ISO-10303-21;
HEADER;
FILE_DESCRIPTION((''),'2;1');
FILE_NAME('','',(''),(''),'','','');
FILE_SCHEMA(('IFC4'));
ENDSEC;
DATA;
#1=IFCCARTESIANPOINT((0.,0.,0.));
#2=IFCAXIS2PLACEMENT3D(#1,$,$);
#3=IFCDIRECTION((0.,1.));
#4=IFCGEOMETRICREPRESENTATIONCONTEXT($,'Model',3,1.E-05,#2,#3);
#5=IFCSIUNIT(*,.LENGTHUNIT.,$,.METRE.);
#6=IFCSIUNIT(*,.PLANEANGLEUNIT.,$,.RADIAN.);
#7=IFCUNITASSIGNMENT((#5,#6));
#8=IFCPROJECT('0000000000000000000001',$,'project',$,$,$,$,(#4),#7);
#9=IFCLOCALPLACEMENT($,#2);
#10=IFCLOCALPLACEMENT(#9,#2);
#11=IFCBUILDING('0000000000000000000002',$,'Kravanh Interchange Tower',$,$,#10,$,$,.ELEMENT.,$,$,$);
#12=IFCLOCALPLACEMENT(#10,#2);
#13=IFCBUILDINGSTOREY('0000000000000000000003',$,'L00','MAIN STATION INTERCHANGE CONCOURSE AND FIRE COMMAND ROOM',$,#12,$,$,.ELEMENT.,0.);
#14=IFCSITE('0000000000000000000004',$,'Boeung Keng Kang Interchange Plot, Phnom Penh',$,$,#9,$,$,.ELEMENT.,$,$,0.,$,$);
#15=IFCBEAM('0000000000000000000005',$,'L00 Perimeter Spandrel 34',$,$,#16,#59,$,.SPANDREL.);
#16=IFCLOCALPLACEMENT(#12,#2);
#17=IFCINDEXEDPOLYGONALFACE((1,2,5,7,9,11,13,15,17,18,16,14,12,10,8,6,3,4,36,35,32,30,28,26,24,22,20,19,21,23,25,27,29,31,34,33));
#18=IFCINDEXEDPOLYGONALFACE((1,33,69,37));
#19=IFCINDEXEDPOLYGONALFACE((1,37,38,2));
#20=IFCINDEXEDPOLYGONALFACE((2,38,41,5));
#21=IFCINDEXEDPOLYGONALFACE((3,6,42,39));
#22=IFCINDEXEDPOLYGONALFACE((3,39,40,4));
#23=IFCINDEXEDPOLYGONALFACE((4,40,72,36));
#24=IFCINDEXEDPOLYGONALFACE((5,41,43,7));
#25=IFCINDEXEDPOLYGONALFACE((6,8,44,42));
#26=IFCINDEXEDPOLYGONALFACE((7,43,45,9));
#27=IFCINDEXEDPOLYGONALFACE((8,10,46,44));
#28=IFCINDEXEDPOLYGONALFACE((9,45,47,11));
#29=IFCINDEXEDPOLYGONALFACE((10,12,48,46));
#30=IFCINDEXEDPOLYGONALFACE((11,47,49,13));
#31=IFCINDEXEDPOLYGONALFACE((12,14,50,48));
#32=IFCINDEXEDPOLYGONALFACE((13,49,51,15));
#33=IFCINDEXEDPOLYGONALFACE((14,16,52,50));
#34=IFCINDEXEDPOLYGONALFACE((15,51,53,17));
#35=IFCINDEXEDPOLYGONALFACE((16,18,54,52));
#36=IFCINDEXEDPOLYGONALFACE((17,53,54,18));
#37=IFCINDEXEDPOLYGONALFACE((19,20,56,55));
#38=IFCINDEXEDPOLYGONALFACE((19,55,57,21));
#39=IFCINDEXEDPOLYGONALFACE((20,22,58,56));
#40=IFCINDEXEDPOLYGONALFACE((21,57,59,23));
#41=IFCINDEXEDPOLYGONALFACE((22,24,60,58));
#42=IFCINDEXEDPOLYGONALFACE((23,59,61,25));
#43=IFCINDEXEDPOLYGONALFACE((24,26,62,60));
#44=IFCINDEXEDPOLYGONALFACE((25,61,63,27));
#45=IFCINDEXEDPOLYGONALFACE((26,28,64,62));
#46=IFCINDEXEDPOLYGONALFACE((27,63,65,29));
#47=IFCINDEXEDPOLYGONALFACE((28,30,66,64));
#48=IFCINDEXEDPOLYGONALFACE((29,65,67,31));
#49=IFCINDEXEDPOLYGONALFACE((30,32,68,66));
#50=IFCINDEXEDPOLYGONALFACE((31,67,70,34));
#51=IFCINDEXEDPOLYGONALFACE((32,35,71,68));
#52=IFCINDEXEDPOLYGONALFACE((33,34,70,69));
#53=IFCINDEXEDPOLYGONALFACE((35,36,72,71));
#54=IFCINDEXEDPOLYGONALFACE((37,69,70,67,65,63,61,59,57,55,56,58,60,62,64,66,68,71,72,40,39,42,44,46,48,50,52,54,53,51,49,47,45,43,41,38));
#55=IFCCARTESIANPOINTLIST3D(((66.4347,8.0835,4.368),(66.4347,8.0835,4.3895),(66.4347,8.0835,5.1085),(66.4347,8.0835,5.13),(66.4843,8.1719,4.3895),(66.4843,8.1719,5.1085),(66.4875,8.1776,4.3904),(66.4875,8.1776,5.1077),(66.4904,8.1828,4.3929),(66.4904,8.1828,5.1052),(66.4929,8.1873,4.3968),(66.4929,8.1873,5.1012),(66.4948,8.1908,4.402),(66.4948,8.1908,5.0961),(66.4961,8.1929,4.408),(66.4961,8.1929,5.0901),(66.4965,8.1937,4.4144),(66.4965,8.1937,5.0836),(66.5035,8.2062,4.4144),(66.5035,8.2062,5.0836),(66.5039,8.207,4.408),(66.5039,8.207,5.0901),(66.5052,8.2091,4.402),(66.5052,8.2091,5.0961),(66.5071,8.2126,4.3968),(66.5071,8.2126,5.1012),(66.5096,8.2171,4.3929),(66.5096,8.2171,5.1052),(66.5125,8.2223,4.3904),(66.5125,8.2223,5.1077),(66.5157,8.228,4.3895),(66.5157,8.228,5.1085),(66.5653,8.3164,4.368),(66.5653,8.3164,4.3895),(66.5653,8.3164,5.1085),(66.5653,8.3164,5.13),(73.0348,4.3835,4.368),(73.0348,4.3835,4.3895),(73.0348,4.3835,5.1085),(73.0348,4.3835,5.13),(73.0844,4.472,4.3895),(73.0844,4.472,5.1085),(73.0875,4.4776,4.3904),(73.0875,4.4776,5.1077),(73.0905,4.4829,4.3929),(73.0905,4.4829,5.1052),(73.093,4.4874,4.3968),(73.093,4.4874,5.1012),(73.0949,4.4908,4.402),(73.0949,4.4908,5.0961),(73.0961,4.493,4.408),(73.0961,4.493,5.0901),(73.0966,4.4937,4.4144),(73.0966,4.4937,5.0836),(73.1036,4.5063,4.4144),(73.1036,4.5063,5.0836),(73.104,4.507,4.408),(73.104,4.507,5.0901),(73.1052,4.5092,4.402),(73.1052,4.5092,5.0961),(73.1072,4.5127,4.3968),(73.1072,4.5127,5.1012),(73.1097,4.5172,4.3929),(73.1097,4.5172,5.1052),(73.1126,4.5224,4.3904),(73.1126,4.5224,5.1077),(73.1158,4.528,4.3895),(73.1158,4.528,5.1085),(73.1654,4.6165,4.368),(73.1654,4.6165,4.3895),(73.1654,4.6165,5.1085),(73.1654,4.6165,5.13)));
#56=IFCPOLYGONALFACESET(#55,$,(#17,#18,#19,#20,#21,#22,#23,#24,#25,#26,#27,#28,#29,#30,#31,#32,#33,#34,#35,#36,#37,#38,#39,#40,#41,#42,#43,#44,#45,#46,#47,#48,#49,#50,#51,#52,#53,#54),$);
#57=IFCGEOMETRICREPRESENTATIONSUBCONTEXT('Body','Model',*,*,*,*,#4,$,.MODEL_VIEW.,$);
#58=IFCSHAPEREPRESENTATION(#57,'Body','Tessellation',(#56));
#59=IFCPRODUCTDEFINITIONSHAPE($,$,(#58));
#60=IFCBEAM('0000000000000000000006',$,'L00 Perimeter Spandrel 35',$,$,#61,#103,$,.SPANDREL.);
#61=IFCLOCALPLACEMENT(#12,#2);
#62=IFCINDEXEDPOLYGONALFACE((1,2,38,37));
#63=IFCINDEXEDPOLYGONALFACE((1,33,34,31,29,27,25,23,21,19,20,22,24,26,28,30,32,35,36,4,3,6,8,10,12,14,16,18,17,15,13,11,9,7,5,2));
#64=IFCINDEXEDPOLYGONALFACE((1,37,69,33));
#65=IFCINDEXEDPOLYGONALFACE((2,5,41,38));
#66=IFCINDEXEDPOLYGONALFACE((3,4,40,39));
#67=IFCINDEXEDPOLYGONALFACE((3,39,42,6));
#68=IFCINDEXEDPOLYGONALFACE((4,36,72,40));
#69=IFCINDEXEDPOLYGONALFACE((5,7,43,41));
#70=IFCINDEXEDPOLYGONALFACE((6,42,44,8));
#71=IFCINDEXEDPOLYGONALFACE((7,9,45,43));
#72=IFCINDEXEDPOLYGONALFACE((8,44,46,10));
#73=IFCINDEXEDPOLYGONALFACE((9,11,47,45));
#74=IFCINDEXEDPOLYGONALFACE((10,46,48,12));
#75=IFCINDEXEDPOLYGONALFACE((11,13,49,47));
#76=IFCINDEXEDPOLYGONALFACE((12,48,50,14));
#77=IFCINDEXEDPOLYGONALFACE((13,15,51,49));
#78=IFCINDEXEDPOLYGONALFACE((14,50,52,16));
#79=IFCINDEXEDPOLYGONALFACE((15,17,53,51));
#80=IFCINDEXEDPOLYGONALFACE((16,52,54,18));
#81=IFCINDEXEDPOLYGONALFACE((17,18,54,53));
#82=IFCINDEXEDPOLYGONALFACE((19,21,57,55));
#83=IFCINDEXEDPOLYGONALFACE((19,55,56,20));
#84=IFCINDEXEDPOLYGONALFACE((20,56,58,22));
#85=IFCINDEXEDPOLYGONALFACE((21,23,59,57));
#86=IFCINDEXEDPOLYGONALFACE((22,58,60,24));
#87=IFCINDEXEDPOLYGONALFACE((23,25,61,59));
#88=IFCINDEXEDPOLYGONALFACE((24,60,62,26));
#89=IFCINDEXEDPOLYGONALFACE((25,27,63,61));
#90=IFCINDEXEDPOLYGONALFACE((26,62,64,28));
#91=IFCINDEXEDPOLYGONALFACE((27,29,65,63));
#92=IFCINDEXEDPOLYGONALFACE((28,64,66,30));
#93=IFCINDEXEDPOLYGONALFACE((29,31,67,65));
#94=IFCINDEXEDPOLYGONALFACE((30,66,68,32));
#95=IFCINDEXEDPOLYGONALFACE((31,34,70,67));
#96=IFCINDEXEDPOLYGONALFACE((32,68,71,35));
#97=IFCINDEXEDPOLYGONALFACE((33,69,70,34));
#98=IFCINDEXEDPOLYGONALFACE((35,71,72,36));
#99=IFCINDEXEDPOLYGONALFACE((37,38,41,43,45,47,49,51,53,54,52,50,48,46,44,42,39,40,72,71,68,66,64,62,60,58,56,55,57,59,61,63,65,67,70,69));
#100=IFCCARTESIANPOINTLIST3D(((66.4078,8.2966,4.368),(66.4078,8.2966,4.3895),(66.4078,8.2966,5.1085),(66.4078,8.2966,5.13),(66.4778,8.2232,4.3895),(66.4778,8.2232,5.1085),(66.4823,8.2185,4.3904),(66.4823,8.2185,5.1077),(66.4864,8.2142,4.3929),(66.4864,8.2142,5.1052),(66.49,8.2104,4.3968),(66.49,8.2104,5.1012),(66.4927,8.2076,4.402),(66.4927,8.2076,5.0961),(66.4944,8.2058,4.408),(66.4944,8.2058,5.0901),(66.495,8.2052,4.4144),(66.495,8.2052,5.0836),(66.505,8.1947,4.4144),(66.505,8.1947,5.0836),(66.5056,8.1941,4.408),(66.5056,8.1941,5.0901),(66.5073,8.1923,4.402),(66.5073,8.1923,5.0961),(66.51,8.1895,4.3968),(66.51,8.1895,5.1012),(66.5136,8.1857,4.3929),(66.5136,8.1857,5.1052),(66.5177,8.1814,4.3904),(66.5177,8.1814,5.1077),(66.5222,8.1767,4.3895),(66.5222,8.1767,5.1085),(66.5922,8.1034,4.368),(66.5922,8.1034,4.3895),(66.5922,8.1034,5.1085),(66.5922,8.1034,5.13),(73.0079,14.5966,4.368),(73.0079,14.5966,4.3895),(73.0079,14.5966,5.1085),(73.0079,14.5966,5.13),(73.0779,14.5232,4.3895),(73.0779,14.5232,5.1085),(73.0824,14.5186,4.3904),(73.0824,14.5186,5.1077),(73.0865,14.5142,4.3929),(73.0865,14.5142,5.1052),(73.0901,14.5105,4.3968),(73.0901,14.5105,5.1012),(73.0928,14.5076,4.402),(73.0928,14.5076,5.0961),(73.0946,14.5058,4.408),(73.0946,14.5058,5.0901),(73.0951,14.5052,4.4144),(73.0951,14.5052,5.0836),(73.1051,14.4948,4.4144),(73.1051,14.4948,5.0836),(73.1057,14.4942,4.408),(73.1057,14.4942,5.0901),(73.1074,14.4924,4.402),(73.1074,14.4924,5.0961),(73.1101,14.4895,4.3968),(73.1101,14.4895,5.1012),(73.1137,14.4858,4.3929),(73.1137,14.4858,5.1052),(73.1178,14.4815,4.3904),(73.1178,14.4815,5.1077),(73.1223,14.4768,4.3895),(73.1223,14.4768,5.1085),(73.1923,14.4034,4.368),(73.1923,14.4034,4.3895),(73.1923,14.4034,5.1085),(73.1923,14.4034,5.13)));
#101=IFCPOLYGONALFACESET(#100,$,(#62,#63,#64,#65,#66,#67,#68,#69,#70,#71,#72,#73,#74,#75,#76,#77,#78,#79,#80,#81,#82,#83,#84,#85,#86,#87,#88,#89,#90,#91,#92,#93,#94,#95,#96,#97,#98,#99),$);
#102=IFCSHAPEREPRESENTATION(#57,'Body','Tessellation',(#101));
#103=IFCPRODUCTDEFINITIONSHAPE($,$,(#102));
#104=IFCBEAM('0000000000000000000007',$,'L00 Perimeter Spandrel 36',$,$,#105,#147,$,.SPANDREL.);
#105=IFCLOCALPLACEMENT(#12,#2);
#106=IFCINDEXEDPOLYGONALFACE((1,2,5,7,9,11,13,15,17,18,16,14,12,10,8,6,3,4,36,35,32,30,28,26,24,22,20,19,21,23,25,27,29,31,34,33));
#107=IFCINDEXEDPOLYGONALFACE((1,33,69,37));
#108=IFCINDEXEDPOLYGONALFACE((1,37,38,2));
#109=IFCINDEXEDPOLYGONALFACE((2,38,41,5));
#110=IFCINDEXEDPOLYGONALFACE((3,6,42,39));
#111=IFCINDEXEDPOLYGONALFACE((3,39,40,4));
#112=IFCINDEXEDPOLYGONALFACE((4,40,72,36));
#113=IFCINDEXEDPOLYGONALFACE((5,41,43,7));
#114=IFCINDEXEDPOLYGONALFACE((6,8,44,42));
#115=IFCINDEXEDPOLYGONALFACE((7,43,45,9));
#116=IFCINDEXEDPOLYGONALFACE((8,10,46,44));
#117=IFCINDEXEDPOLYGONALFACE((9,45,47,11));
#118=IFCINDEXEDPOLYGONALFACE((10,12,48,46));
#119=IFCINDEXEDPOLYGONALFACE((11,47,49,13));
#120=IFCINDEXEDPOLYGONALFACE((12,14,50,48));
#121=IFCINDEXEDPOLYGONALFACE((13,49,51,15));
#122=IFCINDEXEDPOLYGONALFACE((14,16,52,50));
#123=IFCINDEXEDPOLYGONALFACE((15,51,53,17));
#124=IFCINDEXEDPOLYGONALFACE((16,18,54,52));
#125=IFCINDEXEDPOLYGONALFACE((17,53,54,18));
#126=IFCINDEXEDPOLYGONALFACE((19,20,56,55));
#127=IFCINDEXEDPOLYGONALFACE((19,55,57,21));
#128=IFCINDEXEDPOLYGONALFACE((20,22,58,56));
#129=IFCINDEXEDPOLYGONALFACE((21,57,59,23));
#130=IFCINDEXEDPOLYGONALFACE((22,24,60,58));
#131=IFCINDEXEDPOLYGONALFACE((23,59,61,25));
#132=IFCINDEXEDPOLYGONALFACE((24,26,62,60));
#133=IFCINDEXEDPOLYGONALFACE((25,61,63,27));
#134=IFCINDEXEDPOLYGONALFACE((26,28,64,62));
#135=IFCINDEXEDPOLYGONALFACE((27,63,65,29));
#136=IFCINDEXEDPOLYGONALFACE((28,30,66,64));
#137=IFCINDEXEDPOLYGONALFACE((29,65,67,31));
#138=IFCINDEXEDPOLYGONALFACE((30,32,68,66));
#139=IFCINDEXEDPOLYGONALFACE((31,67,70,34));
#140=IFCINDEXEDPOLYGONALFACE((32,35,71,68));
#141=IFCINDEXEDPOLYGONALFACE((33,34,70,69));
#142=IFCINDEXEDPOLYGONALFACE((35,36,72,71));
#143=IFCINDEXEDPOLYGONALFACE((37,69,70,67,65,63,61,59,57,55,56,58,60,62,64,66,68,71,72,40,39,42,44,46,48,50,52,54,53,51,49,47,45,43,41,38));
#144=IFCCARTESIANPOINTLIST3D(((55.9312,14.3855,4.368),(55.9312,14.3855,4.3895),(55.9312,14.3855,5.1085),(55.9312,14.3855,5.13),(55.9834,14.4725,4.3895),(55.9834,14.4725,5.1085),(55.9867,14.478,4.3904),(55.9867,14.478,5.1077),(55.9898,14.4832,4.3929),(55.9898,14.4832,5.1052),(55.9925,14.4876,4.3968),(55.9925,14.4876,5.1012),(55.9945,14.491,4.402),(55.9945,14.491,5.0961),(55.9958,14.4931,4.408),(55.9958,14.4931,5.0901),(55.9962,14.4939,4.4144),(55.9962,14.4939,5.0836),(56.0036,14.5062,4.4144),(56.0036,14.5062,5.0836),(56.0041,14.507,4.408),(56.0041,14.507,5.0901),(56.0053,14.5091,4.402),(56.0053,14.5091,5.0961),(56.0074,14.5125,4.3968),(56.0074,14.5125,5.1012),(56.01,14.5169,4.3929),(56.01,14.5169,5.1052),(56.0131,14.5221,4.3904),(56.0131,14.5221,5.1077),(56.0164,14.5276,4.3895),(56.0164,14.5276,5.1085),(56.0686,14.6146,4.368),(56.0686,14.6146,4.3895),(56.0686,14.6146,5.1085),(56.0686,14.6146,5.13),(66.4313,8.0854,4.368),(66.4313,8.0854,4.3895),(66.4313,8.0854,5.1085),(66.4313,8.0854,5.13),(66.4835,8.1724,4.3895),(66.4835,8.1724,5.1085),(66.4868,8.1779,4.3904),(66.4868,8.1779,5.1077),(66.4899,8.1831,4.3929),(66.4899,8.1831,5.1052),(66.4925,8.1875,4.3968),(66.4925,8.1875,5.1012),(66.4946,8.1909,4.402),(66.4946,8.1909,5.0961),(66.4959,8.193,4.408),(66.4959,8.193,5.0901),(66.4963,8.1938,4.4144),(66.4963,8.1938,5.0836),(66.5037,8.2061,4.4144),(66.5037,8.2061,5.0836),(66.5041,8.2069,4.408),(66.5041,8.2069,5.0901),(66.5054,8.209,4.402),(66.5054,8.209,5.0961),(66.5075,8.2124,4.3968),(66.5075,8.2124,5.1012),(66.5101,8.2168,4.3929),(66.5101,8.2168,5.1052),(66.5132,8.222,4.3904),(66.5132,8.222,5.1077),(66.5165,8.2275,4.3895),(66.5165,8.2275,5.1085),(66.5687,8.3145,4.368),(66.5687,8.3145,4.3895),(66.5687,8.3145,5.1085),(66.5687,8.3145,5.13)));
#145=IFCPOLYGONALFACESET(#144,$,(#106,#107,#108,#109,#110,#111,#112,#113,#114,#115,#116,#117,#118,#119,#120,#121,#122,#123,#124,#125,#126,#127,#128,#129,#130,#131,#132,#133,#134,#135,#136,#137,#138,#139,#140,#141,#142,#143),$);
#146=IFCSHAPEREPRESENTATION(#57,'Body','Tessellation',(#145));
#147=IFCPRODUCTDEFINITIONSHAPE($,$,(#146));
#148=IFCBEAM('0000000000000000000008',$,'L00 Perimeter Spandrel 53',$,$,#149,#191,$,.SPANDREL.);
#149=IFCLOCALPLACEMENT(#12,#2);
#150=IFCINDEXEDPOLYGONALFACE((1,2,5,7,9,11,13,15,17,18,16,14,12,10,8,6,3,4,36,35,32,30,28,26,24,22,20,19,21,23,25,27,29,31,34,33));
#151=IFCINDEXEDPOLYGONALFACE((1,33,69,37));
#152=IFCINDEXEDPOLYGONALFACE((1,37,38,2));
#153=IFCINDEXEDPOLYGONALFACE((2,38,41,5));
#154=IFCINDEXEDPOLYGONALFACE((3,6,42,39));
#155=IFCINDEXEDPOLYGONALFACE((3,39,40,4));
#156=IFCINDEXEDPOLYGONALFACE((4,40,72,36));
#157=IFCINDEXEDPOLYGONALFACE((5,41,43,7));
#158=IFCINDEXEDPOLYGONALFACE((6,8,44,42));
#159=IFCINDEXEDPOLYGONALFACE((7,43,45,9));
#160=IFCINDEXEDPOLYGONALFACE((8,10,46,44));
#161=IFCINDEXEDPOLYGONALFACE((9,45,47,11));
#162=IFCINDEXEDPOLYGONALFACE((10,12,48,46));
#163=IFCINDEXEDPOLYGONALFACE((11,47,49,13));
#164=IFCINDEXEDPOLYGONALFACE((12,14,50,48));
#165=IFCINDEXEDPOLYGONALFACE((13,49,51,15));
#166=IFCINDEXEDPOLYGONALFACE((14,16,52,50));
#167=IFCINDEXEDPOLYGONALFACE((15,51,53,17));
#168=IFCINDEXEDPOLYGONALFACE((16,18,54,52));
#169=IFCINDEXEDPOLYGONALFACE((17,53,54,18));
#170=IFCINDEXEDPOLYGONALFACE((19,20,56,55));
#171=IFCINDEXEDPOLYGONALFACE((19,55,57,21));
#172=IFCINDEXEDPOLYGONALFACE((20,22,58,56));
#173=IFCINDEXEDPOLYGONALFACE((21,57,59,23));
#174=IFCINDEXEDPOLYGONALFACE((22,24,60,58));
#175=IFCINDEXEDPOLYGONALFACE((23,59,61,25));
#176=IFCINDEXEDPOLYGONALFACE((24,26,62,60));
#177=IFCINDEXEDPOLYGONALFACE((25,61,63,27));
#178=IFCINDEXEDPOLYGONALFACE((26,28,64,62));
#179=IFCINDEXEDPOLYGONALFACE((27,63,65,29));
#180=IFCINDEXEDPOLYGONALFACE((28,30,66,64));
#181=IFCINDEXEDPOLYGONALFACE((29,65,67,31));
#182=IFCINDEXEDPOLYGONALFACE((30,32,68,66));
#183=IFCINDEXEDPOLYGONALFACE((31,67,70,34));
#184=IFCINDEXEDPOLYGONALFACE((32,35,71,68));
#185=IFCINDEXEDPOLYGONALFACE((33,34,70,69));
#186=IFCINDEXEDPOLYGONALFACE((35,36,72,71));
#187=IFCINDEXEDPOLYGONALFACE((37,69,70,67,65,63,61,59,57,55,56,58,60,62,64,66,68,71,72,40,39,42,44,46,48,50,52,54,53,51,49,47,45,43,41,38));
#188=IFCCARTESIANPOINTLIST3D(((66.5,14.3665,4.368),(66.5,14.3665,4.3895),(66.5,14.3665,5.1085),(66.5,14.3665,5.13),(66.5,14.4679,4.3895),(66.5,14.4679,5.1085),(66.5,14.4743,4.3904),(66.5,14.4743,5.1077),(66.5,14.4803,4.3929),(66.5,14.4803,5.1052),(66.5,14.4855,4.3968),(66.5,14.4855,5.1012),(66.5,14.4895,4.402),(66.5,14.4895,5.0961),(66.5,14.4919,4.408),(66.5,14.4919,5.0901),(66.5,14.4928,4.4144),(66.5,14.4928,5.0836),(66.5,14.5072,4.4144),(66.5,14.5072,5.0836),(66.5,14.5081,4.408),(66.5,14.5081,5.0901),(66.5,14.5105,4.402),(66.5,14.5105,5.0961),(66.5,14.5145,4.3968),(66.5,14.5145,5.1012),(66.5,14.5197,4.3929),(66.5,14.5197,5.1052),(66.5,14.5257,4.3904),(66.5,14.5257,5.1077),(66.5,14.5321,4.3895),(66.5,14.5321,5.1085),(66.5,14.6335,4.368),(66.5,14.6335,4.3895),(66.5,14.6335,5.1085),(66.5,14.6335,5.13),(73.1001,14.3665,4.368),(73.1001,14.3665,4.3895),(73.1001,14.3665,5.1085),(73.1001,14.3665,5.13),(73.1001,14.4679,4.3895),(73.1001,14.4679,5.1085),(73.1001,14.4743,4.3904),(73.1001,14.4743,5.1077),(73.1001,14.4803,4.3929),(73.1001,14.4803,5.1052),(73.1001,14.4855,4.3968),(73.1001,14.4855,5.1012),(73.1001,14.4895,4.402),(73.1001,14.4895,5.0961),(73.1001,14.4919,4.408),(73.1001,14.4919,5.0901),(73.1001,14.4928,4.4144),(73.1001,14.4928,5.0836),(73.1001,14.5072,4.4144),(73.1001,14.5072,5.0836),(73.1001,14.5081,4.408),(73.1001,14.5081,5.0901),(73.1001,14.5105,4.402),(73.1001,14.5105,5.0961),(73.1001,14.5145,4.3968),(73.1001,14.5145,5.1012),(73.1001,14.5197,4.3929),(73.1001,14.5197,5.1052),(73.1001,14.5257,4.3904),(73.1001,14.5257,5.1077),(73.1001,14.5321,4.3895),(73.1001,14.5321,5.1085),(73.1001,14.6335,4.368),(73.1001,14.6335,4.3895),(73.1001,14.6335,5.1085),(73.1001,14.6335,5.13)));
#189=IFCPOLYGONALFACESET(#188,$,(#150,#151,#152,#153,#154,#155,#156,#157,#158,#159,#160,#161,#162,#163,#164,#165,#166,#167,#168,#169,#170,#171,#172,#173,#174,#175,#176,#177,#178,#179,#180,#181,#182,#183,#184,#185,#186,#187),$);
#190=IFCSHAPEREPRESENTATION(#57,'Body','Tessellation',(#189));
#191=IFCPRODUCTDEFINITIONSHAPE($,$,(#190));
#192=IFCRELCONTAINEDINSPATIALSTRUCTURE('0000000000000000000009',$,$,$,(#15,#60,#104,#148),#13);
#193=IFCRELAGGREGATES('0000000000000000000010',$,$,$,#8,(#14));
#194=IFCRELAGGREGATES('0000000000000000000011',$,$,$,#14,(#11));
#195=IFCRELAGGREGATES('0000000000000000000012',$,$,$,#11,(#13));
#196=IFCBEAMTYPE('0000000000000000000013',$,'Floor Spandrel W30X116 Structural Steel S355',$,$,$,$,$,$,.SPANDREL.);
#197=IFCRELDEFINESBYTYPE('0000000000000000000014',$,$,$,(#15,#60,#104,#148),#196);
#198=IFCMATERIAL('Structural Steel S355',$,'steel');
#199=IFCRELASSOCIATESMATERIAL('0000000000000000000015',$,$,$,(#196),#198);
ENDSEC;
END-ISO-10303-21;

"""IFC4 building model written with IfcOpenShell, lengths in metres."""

from ifc_helpers import new_model, si_unit, direction, frame, origin, origin_2d, place, context, subcontext, project, spatial, i_section, extrude, material, material_profile, profile_set, type_object, element, save


model = new_model("IFC4")

# Units and contexts
model_context = context("Model", 3, precision=1e-05, world=origin(), true_north=direction((0.0, 1.0)))
body_context = subcontext(model_context, "Body", "Model", "MODEL_VIEW")
ifc_project = project(units=[si_unit("LENGTHUNIT", "METRE"), si_unit("PLANEANGLEUNIT", "RADIAN")], contexts=[model_context])

# Site, building, storey
site_placement = place(None, origin())
site = spatial("IfcSite", under=ifc_project, at=site_placement, Name="Boeung Keng Kang Interchange Plot, Phnom Penh", CompositionType="ELEMENT", RefElevation=0.0)
building_placement = place(site_placement, origin())
building = spatial("IfcBuilding", under=site, at=building_placement, Name="Kravanh Interchange Tower", CompositionType="ELEMENT")
storey_placement = place(building_placement, origin())
storey = spatial("IfcBuildingStorey", under=building, at=storey_placement, Name="L00", Description="MAIN STATION INTERCHANGE CONCOURSE AND FIRE COMMAND ROOM", CompositionType="ELEMENT", Elevation=0.0)

# Beams
ifc_material_1 = material(Name="Structural Steel S355", Category="steel")
ifc_material_profile_1 = material_profile(ifc_material_1, i_section(OverallWidth=0.2671, OverallDepth=0.762, WebThickness=0.0144, FlangeThickness=0.0215, FilletRadius=0.0249, at=origin_2d()), Name="W30X116")
ifc_profile_set_1 = profile_set([ifc_material_profile_1], Name="Structural Steel S355")
beam_type_1 = type_object("IfcBeamType", Name="Floor Spandrel W30X116 Structural Steel S355", PredefinedType="SPANDREL", material=ifc_profile_set_1)
beam_1_placement = place(storey_placement, frame((66.5, 8.2, 4.749), z_axis=(0.872286, -0.488995, 0.0), x_axis=(0.488995, 0.872286, 0.0)))
element("IfcBeam", 1, at=beam_1_placement, inside=storey, type_object=beam_type_1, Name="L00 Perimeter Spandrel 34", PredefinedType="SPANDREL", context=body_context, shape_type="SweptSolid", body=[
    extrude(i_section(OverallWidth=0.2671, OverallDepth=0.762, WebThickness=0.0144, FlangeThickness=0.0215, FilletRadius=0.0249, at=origin_2d()), origin(), (0.0, 0.0, 1.0), 7.5664),
])
beam_2_placement = place(storey_placement, frame((66.5, 8.2, 4.749), z_axis=(0.723358, 0.690473, 0.0), x_axis=(-0.690473, 0.723358, 0.0)))
element("IfcBeam", 2, at=beam_2_placement, inside=storey, type_object=beam_type_1, Name="L00 Perimeter Spandrel 35", PredefinedType="SPANDREL", context=body_context, shape_type="SweptSolid", body=[
    extrude(i_section(OverallWidth=0.2671, OverallDepth=0.762, WebThickness=0.0144, FlangeThickness=0.0215, FilletRadius=0.0249, at=origin_2d()), origin(), (0.0, 0.0, 1.0), 9.1243),
])
beam_3_placement = place(storey_placement, frame((66.5, 8.2, 4.749), z_axis=(-0.857491, 0.514499, 0.0), x_axis=(-0.514499, -0.857491, 0.0)))
element("IfcBeam", 3, at=beam_3_placement, inside=storey, type_object=beam_type_1, Name="L00 Perimeter Spandrel 36", PredefinedType="SPANDREL", context=body_context, shape_type="SweptSolid", body=[
    extrude(i_section(OverallWidth=0.2671, OverallDepth=0.762, WebThickness=0.0144, FlangeThickness=0.0215, FilletRadius=0.0249, at=origin_2d()), origin(), (0.0, 0.0, 1.0), 12.2451),
])
beam_4_placement = place(storey_placement, frame((66.5, 14.5, 4.749), z_axis=(1.0, 0.0, 0.0), x_axis=(0.0, 1.0, 0.0)))
element("IfcBeam", 4, at=beam_4_placement, inside=storey, type_object=beam_type_1, Name="L00 Perimeter Spandrel 53", PredefinedType="SPANDREL", context=body_context, shape_type="SweptSolid", body=[
    extrude(i_section(OverallWidth=0.2671, OverallDepth=0.762, WebThickness=0.0144, FlangeThickness=0.0215, FilletRadius=0.0249, at=origin_2d()), origin(), (0.0, 0.0, 1.0), 6.6001),
])

save(model, "model.ifc")
